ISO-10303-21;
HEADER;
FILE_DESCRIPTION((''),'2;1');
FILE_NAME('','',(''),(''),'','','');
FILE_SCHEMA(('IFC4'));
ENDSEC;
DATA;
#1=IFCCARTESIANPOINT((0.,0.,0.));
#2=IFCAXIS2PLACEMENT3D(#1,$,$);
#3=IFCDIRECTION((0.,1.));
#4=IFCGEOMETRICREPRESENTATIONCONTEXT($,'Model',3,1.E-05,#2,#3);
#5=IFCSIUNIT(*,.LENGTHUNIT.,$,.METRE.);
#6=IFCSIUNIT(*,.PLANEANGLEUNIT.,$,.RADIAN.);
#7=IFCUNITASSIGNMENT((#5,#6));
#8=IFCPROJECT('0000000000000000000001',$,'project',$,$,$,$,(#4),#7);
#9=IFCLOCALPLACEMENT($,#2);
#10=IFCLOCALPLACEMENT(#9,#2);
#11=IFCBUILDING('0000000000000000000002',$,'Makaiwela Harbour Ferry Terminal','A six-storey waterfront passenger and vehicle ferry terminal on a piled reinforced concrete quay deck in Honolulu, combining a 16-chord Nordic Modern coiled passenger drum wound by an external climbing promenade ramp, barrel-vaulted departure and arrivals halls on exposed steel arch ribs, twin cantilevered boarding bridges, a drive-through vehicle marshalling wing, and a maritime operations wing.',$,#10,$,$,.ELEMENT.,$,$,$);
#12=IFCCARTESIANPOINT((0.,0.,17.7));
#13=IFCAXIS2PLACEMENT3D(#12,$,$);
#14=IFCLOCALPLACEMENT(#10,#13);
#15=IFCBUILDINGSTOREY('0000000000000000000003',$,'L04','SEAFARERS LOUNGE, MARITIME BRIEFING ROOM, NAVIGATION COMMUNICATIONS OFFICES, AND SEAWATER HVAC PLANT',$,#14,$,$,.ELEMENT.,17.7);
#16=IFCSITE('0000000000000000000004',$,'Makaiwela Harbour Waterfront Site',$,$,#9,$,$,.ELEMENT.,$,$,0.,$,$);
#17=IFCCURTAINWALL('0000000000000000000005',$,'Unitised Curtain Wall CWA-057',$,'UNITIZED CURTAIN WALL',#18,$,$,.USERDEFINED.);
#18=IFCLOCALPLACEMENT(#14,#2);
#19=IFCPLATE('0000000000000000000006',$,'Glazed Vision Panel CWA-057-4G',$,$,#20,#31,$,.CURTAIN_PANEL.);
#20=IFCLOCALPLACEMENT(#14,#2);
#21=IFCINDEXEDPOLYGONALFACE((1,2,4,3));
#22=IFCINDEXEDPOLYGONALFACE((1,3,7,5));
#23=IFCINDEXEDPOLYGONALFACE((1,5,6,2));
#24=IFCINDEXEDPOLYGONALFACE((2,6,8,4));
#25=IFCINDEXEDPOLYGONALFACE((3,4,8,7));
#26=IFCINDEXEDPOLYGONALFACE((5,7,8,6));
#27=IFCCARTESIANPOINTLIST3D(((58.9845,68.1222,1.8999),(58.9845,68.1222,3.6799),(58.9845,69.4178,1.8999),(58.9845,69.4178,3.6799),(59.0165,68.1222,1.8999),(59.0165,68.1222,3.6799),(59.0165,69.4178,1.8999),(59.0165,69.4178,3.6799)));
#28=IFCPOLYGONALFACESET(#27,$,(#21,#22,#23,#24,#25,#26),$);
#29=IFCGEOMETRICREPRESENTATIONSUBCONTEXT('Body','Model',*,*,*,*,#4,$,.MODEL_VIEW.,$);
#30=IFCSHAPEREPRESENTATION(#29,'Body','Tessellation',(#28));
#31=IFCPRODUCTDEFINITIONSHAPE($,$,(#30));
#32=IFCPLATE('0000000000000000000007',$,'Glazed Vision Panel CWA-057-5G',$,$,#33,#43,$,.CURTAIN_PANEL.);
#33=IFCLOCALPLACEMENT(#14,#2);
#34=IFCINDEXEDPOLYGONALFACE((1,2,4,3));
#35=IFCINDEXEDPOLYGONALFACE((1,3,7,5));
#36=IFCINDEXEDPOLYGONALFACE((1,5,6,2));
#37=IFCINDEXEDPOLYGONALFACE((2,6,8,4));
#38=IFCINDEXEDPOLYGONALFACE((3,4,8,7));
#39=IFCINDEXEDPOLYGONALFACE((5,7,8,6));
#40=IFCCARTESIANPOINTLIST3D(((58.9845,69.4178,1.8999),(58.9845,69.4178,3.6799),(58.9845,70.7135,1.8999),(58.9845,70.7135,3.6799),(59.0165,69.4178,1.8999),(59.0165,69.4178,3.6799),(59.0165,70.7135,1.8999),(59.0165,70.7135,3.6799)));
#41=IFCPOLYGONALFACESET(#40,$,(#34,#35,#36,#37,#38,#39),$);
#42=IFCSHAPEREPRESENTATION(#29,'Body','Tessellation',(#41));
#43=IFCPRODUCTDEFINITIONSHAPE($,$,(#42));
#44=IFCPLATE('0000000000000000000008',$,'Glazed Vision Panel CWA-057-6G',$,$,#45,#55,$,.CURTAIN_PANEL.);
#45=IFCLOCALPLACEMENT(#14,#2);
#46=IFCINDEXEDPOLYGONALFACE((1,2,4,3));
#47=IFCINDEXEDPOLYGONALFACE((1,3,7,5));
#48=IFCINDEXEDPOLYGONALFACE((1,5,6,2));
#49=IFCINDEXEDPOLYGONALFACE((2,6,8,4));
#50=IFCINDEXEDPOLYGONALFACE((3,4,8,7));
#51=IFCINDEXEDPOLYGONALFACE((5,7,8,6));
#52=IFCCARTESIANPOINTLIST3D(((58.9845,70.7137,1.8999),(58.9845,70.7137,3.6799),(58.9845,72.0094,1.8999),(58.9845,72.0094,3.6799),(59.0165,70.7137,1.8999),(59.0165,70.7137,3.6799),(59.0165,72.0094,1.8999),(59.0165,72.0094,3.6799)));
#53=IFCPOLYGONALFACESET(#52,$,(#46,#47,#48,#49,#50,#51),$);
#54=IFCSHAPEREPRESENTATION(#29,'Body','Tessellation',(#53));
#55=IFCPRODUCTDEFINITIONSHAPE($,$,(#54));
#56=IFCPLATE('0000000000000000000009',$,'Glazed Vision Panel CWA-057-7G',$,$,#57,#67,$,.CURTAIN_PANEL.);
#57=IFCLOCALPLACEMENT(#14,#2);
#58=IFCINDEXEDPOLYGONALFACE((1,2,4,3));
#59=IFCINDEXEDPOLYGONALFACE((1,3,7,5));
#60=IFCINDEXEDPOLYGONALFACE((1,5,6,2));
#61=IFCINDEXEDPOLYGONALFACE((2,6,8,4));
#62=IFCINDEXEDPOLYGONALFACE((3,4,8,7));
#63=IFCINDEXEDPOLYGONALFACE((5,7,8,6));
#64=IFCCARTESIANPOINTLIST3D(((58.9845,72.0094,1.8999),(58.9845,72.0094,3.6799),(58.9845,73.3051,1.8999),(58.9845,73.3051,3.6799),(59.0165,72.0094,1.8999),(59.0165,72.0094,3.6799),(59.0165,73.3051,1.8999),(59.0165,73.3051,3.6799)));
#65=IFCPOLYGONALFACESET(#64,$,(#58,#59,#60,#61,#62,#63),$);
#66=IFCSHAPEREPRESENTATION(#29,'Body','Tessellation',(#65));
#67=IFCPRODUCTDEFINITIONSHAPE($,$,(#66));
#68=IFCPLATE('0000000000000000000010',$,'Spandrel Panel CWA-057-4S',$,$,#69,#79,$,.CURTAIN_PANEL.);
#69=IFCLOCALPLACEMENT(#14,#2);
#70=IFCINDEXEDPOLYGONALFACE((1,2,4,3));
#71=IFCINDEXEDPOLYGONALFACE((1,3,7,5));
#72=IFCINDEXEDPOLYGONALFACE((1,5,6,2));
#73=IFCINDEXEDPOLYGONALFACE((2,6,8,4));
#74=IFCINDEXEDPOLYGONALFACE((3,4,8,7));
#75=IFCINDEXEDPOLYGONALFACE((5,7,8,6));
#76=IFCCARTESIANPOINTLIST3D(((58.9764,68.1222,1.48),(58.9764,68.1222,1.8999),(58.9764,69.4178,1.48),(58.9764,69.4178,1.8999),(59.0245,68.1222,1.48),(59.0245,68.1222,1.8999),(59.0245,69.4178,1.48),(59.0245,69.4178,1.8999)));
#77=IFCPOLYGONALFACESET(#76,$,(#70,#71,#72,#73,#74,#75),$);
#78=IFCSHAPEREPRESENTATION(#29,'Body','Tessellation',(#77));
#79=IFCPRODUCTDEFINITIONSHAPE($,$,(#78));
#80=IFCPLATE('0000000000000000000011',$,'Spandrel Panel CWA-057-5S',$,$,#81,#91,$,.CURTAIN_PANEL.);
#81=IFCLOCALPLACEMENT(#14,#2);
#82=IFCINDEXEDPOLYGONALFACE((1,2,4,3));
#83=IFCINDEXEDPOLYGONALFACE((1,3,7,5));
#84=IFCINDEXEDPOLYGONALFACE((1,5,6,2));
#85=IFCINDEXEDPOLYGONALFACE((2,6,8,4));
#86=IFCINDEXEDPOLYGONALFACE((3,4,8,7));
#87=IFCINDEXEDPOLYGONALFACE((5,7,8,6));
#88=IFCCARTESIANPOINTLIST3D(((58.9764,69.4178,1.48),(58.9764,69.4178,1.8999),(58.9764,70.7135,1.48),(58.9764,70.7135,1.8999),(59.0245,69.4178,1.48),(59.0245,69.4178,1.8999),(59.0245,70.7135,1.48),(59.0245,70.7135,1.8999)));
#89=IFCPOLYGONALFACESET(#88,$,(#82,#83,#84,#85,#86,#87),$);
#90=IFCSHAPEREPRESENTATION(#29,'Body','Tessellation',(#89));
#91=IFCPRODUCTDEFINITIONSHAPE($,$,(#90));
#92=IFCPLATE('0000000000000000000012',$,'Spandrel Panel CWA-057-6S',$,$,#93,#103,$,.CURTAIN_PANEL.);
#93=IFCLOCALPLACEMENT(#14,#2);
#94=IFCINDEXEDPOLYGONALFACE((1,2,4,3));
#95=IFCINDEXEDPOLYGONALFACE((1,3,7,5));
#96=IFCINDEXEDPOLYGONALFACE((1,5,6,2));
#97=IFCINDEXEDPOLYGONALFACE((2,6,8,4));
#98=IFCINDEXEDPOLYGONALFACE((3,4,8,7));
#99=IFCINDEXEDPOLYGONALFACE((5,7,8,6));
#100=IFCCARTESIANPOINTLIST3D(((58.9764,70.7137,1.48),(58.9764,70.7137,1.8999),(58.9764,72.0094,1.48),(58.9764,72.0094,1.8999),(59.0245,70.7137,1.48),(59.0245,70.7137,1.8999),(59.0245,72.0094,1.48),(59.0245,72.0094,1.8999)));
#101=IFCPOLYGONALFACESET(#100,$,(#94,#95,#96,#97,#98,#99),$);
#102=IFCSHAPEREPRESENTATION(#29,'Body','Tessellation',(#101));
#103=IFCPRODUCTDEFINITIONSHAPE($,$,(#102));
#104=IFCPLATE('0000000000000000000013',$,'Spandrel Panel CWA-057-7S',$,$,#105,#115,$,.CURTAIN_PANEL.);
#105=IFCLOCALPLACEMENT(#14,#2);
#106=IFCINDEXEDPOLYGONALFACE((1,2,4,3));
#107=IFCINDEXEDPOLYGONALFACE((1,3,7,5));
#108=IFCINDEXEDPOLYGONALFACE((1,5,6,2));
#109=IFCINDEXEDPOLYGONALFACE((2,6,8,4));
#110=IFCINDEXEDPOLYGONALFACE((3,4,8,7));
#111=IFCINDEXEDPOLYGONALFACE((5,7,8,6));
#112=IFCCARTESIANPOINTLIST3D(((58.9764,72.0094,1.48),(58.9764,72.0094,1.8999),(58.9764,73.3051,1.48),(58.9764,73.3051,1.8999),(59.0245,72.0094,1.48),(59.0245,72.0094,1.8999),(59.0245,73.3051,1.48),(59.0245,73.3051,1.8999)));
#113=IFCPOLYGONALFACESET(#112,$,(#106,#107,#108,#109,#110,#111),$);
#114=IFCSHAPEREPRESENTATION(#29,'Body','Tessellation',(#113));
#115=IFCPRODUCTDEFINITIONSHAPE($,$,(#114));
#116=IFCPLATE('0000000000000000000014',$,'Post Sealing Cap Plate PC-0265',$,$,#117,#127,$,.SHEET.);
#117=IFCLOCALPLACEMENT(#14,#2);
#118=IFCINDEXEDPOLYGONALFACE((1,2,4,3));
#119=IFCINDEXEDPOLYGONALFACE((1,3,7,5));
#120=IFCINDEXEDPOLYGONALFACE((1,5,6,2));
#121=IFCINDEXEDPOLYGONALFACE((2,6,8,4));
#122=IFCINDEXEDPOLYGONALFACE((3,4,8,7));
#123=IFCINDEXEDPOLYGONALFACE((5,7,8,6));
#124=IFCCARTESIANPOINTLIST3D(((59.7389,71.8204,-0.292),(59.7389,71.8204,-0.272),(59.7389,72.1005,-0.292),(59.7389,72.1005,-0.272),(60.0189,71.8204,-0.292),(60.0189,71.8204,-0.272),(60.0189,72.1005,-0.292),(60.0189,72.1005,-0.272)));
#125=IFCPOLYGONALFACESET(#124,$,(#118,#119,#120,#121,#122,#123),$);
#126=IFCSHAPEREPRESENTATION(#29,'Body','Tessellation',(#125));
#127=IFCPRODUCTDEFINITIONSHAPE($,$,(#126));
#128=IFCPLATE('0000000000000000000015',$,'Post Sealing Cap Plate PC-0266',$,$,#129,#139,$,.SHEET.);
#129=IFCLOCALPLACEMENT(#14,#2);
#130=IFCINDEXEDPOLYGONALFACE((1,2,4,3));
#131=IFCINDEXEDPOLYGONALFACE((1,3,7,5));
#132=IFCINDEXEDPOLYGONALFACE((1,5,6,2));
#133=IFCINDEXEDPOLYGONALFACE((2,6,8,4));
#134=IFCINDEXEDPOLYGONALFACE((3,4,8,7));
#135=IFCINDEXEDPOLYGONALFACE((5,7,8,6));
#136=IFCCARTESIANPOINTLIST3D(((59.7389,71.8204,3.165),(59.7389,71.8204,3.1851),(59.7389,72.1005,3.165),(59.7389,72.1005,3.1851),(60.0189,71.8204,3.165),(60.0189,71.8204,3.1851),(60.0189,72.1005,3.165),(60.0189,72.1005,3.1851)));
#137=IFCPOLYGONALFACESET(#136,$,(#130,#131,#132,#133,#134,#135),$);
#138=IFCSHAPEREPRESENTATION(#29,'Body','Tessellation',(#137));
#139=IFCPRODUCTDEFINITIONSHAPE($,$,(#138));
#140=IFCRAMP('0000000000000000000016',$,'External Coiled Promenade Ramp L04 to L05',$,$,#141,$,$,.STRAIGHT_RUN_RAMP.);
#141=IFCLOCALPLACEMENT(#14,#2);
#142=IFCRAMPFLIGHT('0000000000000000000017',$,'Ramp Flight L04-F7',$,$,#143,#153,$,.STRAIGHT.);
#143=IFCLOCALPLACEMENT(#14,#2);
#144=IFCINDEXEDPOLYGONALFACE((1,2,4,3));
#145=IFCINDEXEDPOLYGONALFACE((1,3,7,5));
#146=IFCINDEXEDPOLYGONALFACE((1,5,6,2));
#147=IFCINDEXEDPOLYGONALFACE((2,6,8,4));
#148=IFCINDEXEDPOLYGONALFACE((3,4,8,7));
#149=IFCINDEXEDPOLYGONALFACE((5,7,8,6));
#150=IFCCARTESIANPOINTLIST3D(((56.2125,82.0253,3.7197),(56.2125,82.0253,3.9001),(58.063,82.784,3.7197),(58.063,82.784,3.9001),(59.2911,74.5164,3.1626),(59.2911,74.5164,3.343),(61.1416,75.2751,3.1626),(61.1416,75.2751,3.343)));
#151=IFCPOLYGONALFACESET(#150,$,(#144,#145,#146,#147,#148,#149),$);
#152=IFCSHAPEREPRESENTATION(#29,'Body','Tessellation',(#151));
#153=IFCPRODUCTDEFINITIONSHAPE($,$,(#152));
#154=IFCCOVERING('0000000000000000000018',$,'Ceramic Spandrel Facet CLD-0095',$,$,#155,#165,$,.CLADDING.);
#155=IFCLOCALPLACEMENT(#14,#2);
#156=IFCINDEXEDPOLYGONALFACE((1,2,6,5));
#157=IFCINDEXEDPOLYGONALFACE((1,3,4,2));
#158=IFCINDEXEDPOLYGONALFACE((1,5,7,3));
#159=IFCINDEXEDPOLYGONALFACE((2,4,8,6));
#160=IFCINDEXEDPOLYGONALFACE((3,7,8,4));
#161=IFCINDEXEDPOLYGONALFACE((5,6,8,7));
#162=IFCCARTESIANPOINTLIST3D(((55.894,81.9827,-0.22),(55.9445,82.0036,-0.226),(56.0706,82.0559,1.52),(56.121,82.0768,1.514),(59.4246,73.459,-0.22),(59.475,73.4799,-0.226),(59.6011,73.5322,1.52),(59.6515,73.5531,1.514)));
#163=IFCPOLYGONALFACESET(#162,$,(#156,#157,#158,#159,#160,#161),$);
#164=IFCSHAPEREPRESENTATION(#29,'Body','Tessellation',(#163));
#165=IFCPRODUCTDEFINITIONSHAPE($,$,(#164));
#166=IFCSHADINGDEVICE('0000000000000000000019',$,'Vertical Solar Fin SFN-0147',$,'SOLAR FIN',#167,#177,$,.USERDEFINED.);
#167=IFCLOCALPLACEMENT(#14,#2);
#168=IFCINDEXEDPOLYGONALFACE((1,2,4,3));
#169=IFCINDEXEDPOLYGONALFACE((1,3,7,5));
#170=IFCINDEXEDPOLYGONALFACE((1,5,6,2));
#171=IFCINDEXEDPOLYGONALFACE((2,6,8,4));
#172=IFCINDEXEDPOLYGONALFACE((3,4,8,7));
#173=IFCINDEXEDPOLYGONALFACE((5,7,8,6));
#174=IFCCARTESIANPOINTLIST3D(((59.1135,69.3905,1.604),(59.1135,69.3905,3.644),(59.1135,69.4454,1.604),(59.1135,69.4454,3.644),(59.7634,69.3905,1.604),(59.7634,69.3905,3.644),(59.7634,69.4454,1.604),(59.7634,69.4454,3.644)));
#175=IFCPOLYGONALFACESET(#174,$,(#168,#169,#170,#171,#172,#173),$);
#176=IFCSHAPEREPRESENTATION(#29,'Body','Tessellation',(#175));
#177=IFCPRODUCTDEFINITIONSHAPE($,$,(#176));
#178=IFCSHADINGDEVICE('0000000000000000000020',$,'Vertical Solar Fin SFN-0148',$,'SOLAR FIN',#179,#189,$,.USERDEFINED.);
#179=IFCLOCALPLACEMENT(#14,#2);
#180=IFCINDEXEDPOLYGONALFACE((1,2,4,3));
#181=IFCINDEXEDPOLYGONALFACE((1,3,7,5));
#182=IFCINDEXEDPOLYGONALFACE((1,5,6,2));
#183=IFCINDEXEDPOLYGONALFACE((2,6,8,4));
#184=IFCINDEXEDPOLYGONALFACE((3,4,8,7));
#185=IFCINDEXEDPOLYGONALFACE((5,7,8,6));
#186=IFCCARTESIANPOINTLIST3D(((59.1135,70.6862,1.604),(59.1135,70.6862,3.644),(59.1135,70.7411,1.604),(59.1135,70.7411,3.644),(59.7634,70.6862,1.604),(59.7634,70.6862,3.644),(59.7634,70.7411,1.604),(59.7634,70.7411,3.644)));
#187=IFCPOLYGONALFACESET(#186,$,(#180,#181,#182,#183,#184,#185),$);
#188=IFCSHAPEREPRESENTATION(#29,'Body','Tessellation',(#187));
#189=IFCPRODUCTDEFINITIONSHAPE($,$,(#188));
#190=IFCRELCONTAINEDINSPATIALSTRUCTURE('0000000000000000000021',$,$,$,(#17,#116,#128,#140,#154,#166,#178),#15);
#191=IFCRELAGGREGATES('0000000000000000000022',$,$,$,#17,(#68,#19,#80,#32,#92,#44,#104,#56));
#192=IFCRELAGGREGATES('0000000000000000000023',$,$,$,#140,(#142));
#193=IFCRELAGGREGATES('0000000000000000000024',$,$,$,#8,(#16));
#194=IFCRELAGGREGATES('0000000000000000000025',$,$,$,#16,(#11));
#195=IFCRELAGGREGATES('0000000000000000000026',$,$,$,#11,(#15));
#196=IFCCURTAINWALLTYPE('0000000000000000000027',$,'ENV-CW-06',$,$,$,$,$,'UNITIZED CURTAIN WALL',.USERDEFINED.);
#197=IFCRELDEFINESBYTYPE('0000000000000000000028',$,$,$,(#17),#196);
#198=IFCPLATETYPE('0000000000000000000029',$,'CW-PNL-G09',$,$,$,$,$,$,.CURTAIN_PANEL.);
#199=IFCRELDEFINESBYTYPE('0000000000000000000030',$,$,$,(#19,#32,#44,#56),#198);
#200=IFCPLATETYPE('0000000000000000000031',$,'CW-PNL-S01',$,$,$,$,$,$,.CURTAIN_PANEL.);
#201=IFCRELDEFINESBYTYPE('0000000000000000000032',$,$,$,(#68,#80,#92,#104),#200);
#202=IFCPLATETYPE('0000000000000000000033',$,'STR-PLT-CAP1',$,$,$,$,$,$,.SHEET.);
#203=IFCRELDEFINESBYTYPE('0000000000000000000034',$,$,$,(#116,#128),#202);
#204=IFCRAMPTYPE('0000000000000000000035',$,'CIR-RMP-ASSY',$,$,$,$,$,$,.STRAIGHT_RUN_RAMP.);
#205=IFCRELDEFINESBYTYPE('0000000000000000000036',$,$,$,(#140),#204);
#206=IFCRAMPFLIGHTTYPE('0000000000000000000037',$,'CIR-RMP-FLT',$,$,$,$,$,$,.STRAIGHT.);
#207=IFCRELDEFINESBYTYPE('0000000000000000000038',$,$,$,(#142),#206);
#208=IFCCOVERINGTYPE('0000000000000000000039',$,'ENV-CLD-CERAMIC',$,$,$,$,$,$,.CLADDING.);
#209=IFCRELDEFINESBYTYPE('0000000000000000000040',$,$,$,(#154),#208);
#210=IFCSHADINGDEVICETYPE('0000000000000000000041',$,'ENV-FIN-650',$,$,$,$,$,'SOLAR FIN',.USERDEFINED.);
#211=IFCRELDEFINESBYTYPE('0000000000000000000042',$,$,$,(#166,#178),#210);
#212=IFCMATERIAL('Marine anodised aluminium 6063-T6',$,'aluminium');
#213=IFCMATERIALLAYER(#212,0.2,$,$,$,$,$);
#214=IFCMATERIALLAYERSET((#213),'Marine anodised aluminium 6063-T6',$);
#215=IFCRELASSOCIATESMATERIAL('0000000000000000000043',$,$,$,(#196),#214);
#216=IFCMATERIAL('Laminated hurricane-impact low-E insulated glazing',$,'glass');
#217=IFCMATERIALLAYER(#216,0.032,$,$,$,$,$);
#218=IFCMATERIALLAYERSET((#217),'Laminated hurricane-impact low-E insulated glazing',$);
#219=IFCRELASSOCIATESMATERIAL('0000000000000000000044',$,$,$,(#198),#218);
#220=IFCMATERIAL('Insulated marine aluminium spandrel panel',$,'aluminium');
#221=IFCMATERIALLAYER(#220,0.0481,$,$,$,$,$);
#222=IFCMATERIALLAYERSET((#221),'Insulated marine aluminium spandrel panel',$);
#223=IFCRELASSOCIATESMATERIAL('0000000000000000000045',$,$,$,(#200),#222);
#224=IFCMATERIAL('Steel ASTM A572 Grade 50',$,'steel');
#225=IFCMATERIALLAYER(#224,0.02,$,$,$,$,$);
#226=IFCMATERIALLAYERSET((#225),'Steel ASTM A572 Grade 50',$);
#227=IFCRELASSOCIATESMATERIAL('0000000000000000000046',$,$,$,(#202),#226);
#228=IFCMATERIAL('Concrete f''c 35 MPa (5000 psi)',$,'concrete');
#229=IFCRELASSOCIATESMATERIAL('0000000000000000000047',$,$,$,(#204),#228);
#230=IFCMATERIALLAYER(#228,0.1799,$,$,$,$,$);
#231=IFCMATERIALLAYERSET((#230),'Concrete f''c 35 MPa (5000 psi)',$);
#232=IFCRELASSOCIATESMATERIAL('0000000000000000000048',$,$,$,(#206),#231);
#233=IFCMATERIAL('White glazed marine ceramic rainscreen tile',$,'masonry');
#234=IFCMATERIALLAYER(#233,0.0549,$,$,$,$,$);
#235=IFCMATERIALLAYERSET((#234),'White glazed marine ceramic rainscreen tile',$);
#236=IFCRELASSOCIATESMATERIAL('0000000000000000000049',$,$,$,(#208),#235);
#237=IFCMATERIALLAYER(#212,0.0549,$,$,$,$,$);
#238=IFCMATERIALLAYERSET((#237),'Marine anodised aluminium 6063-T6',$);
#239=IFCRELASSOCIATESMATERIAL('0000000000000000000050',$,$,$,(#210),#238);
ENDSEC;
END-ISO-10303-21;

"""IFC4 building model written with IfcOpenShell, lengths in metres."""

from ifc_helpers import new_model, si_unit, direction, frame, origin, origin_2d, place, context, subcontext, project, spatial, polyline, rectangle, outline, extrude, material, layer, layer_set, type_object, element, aggregate, save


model = new_model("IFC4")

# Units and contexts
model_context = context("Model", 3, precision=1e-05, world=origin(), true_north=direction((0.0, 1.0)))
body_context = subcontext(model_context, "Body", "Model", "MODEL_VIEW")
ifc_project = project(units=[si_unit("LENGTHUNIT", "METRE"), si_unit("PLANEANGLEUNIT", "RADIAN")], contexts=[model_context])

# Site, building, storey
site_placement = place(None, origin())
site = spatial("IfcSite", under=ifc_project, at=site_placement, Name="Makaiwela Harbour Waterfront Site", CompositionType="ELEMENT", RefElevation=0.0)
building_placement = place(site_placement, origin())
building = spatial("IfcBuilding", under=site, at=building_placement, Name="Makaiwela Harbour Ferry Terminal", Description="A six-storey waterfront passenger and vehicle ferry terminal on a piled reinforced concrete quay deck in Honolulu, combining a 16-chord Nordic Modern coiled passenger drum wound by an external climbing promenade ramp, barrel-vaulted departure and arrivals halls on exposed steel arch ribs, twin cantilevered boarding bridges, a drive-through vehicle marshalling wing, and a maritime operations wing.", CompositionType="ELEMENT")
storey_placement = place(building_placement, frame((0.0, 0.0, 17.7)))
storey = spatial("IfcBuildingStorey", under=building, at=storey_placement, Name="L04", Description="SEAFARERS LOUNGE, MARITIME BRIEFING ROOM, NAVIGATION COMMUNICATIONS OFFICES, AND SEAWATER HVAC PLANT", CompositionType="ELEMENT", Elevation=17.7)

# Curtain wall
ifc_material_1 = material(Name="Marine anodised aluminium 6063-T6", Category="aluminium")
ifc_layer_1 = layer(ifc_material_1, 0.2)
ifc_layer_set_1 = layer_set([ifc_layer_1], Name="Marine anodised aluminium 6063-T6")
curtain_wall_type = type_object("IfcCurtainWallType", Name="ENV-CW-06", ElementType="UNITIZED CURTAIN WALL", PredefinedType="USERDEFINED", material=ifc_layer_set_1)
curtain_wall_placement = place(storey_placement, origin())
curtain_wall = element("IfcCurtainWall", 1, at=curtain_wall_placement, inside=storey, type_object=curtain_wall_type, Name="Unitised Curtain Wall CWA-057", ObjectType="UNITIZED CURTAIN WALL", PredefinedType="USERDEFINED")

# Plates
ifc_material_2 = material(Name="Laminated hurricane-impact low-E insulated glazing", Category="glass")
ifc_layer_2 = layer(ifc_material_2, 0.032)
ifc_layer_set_2 = layer_set([ifc_layer_2], Name="Laminated hurricane-impact low-E insulated glazing")
plate_type_1 = type_object("IfcPlateType", Name="CW-PNL-G09", PredefinedType="CURTAIN_PANEL", material=ifc_layer_set_2)
plate_1_placement = place(storey_placement, frame((59.0005, 68.77, 1.8999), z_axis=(0.0, 0.0, 1.0), x_axis=(0.0, 1.0, 0.0)))
plate_1 = element("IfcPlate", 2, at=plate_1_placement, type_object=plate_type_1, Name="Glazed Vision Panel CWA-057-4G", PredefinedType="CURTAIN_PANEL", context=body_context, shape_type="SweptSolid", body=[
    extrude(rectangle(XDim=1.2957, YDim=0.032, at=origin_2d()), origin(), (0.0, 0.0, 1.0), 1.78),
])
plate_2_placement = place(storey_placement, frame((59.0005, 70.0657, 1.8999), z_axis=(0.0, 0.0, 1.0), x_axis=(0.0, 1.0, 0.0)))
plate_2 = element("IfcPlate", 3, at=plate_2_placement, type_object=plate_type_1, Name="Glazed Vision Panel CWA-057-5G", PredefinedType="CURTAIN_PANEL", context=body_context, shape_type="SweptSolid", body=[
    extrude(rectangle(XDim=1.2957, YDim=0.032, at=origin_2d()), origin(), (0.0, 0.0, 1.0), 1.78),
])
plate_3_placement = place(storey_placement, frame((59.0005, 71.3616, 1.8999), z_axis=(0.0, 0.0, 1.0), x_axis=(0.0, 1.0, 0.0)))
plate_3 = element("IfcPlate", 4, at=plate_3_placement, type_object=plate_type_1, Name="Glazed Vision Panel CWA-057-6G", PredefinedType="CURTAIN_PANEL", context=body_context, shape_type="SweptSolid", body=[
    extrude(rectangle(XDim=1.2957, YDim=0.032, at=origin_2d()), origin(), (0.0, 0.0, 1.0), 1.78),
])
plate_4_placement = place(storey_placement, frame((59.0005, 72.6572, 1.8999), z_axis=(0.0, 0.0, 1.0), x_axis=(0.0, 1.0, 0.0)))
plate_4 = element("IfcPlate", 5, at=plate_4_placement, type_object=plate_type_1, Name="Glazed Vision Panel CWA-057-7G", PredefinedType="CURTAIN_PANEL", context=body_context, shape_type="SweptSolid", body=[
    extrude(rectangle(XDim=1.2957, YDim=0.032, at=origin_2d()), origin(), (0.0, 0.0, 1.0), 1.78),
])
ifc_material_3 = material(Name="Insulated marine aluminium spandrel panel", Category="aluminium")
ifc_layer_3 = layer(ifc_material_3, 0.0481)
ifc_layer_set_3 = layer_set([ifc_layer_3], Name="Insulated marine aluminium spandrel panel")
plate_type_2 = type_object("IfcPlateType", Name="CW-PNL-S01", PredefinedType="CURTAIN_PANEL", material=ifc_layer_set_3)
plate_5_placement = place(storey_placement, frame((59.0005, 68.77, 1.48), z_axis=(0.0, 0.0, 1.0), x_axis=(0.0, 1.0, 0.0)))
plate_5 = element("IfcPlate", 6, at=plate_5_placement, type_object=plate_type_2, Name="Spandrel Panel CWA-057-4S", PredefinedType="CURTAIN_PANEL", context=body_context, shape_type="SweptSolid", body=[
    extrude(rectangle(XDim=1.2957, YDim=0.0481, at=origin_2d()), origin(), (0.0, 0.0, 1.0), 0.4199),
])
plate_6_placement = place(storey_placement, frame((59.0005, 70.0657, 1.48), z_axis=(0.0, 0.0, 1.0), x_axis=(0.0, 1.0, 0.0)))
plate_6 = element("IfcPlate", 7, at=plate_6_placement, type_object=plate_type_2, Name="Spandrel Panel CWA-057-5S", PredefinedType="CURTAIN_PANEL", context=body_context, shape_type="SweptSolid", body=[
    extrude(rectangle(XDim=1.2957, YDim=0.0481, at=origin_2d()), origin(), (0.0, 0.0, 1.0), 0.4199),
])
plate_7_placement = place(storey_placement, frame((59.0005, 71.3616, 1.48), z_axis=(0.0, 0.0, 1.0), x_axis=(0.0, 1.0, 0.0)))
plate_7 = element("IfcPlate", 8, at=plate_7_placement, type_object=plate_type_2, Name="Spandrel Panel CWA-057-6S", PredefinedType="CURTAIN_PANEL", context=body_context, shape_type="SweptSolid", body=[
    extrude(rectangle(XDim=1.2957, YDim=0.0481, at=origin_2d()), origin(), (0.0, 0.0, 1.0), 0.4199),
])
plate_8_placement = place(storey_placement, frame((59.0005, 72.6572, 1.48), z_axis=(0.0, 0.0, 1.0), x_axis=(0.0, 1.0, 0.0)))
plate_8 = element("IfcPlate", 9, at=plate_8_placement, type_object=plate_type_2, Name="Spandrel Panel CWA-057-7S", PredefinedType="CURTAIN_PANEL", context=body_context, shape_type="SweptSolid", body=[
    extrude(rectangle(XDim=1.2957, YDim=0.0481, at=origin_2d()), origin(), (0.0, 0.0, 1.0), 0.4199),
])
aggregate(curtain_wall, [plate_5, plate_1, plate_6, plate_2, plate_7, plate_3, plate_8, plate_4])

# Plates
ifc_material_4 = material(Name="Steel ASTM A572 Grade 50", Category="steel")
ifc_layer_4 = layer(ifc_material_4, 0.02)
ifc_layer_set_4 = layer_set([ifc_layer_4], Name="Steel ASTM A572 Grade 50")
plate_type_3 = type_object("IfcPlateType", Name="STR-PLT-CAP1", PredefinedType="SHEET", material=ifc_layer_set_4)
for number, where, z_axis, x_axis, name in (
    (10, (59.8789, 71.9604, -0.292), (0.0, 0.0, 1.0), (1.0, 0.0, 0.0), "Post Sealing Cap Plate PC-0265"),
    (11, (59.8789, 71.9604, 3.165), (0.0, 0.0, 1.0), (1.0, 0.0, 0.0), "Post Sealing Cap Plate PC-0266"),
):
    element("IfcPlate", number, at=place(storey_placement, frame(where, z_axis=z_axis, x_axis=x_axis)), inside=storey, type_object=plate_type_3, Name=name, PredefinedType="SHEET", context=body_context, shape_type="SweptSolid", body=[
        extrude(rectangle(XDim=0.28, YDim=0.28, at=origin_2d()), origin(), (0.0, 0.0, 1.0), 0.02),
    ])

# Ramp, ramp flight
ifc_material_5 = material(Name="Concrete f'c 35 MPa (5000 psi)", Category="concrete")
ramp_type = type_object("IfcRampType", Name="CIR-RMP-ASSY", PredefinedType="STRAIGHT_RUN_RAMP", material=ifc_material_5)
ramp_placement = place(storey_placement, origin())
ramp = element("IfcRamp", 12, at=ramp_placement, inside=storey, type_object=ramp_type, Name="External Coiled Promenade Ramp L04 to L05", PredefinedType="STRAIGHT_RUN_RAMP")
ifc_layer_5 = layer(ifc_material_5, 0.1799)
ifc_layer_set_5 = layer_set([ifc_layer_5], Name="Concrete f'c 35 MPa (5000 psi)")
ramp_flight_type = type_object("IfcRampFlightType", Name="CIR-RMP-FLT", PredefinedType="STRAIGHT", material=ifc_layer_set_5)
ramp_flight_placement = place(storey_placement, frame((60.2163, 74.8958, 3.343), z_axis=(0.0, 0.0, 1.0), x_axis=(-0.379343, 0.925256, 0.0)))
ramp_flight = element("IfcRampFlight", 13, at=ramp_flight_placement, type_object=ramp_flight_type, Name="Ramp Flight L04-F7", PredefinedType="STRAIGHT", context=body_context, shape_type="SweptSolid", body=[
    extrude(outline(polyline([(0.0, 0.0), (8.1155, 0.5571), (8.1155, 0.3767), (0.0, -0.1804), (0.0, 0.0)])), frame((0.0, 1.0, 0.0), z_axis=(0.0, -1.0, 0.0), x_axis=(1.0, 0.0, 0.0)), (0.0, 0.0, 1.0), 2.0),
])
aggregate(ramp, [ramp_flight])

# Covering
ifc_material_6 = material(Name="White glazed marine ceramic rainscreen tile", Category="masonry")
ifc_layer_6 = layer(ifc_material_6, 0.0549)
ifc_layer_set_6 = layer_set([ifc_layer_6], Name="White glazed marine ceramic rainscreen tile")
covering_type = type_object("IfcCoveringType", Name="ENV-CLD-CERAMIC", PredefinedType="CLADDING", material=ifc_layer_set_6)
covering_placement = place(storey_placement, frame((59.4246, 73.459, -0.22), z_axis=(-0.918361, -0.380386, 0.109175), x_axis=(-0.382674, 0.923884, 0.0)))
element("IfcCovering", 14, at=covering_placement, inside=storey, type_object=covering_type, Name="Ceramic Spandrel Facet CLD-0095", PredefinedType="CLADDING", context=body_context, shape_type="SweptSolid", body=[
    extrude(outline(polyline([(0.0, 0.0), (9.2259, 0.0), (9.226, -1.7505), (0.0001, -1.7505), (0.0, 0.0)])), origin(), (0.0, 0.0, -1.0), 0.0549),
])

# Shading devices
ifc_layer_7 = layer(ifc_material_1, 0.0549)
ifc_layer_set_7 = layer_set([ifc_layer_7], Name="Marine anodised aluminium 6063-T6")
shading_device_type = type_object("IfcShadingDeviceType", Name="ENV-FIN-650", ElementType="SOLAR FIN", PredefinedType="USERDEFINED", material=ifc_layer_set_7)
for number, where, z_axis, x_axis, name in (
    (15, (59.4385, 69.418, 1.604), (0.0, 0.0, 1.0), (1.0, 0.0, 0.0), "Vertical Solar Fin SFN-0147"),
    (16, (59.4385, 70.7136, 1.604), (0.0, 0.0, 1.0), (1.0, 0.0, 0.0), "Vertical Solar Fin SFN-0148"),
):
    element("IfcShadingDevice", number, at=place(storey_placement, frame(where, z_axis=z_axis, x_axis=x_axis)), inside=storey, type_object=shading_device_type, Name=name, ObjectType="SOLAR FIN", PredefinedType="USERDEFINED", context=body_context, shape_type="SweptSolid", body=[
        extrude(rectangle(XDim=0.6499, YDim=0.0549, at=origin_2d()), origin(), (0.0, 0.0, 1.0), 2.04),
    ])

save(model, "model.ifc")
